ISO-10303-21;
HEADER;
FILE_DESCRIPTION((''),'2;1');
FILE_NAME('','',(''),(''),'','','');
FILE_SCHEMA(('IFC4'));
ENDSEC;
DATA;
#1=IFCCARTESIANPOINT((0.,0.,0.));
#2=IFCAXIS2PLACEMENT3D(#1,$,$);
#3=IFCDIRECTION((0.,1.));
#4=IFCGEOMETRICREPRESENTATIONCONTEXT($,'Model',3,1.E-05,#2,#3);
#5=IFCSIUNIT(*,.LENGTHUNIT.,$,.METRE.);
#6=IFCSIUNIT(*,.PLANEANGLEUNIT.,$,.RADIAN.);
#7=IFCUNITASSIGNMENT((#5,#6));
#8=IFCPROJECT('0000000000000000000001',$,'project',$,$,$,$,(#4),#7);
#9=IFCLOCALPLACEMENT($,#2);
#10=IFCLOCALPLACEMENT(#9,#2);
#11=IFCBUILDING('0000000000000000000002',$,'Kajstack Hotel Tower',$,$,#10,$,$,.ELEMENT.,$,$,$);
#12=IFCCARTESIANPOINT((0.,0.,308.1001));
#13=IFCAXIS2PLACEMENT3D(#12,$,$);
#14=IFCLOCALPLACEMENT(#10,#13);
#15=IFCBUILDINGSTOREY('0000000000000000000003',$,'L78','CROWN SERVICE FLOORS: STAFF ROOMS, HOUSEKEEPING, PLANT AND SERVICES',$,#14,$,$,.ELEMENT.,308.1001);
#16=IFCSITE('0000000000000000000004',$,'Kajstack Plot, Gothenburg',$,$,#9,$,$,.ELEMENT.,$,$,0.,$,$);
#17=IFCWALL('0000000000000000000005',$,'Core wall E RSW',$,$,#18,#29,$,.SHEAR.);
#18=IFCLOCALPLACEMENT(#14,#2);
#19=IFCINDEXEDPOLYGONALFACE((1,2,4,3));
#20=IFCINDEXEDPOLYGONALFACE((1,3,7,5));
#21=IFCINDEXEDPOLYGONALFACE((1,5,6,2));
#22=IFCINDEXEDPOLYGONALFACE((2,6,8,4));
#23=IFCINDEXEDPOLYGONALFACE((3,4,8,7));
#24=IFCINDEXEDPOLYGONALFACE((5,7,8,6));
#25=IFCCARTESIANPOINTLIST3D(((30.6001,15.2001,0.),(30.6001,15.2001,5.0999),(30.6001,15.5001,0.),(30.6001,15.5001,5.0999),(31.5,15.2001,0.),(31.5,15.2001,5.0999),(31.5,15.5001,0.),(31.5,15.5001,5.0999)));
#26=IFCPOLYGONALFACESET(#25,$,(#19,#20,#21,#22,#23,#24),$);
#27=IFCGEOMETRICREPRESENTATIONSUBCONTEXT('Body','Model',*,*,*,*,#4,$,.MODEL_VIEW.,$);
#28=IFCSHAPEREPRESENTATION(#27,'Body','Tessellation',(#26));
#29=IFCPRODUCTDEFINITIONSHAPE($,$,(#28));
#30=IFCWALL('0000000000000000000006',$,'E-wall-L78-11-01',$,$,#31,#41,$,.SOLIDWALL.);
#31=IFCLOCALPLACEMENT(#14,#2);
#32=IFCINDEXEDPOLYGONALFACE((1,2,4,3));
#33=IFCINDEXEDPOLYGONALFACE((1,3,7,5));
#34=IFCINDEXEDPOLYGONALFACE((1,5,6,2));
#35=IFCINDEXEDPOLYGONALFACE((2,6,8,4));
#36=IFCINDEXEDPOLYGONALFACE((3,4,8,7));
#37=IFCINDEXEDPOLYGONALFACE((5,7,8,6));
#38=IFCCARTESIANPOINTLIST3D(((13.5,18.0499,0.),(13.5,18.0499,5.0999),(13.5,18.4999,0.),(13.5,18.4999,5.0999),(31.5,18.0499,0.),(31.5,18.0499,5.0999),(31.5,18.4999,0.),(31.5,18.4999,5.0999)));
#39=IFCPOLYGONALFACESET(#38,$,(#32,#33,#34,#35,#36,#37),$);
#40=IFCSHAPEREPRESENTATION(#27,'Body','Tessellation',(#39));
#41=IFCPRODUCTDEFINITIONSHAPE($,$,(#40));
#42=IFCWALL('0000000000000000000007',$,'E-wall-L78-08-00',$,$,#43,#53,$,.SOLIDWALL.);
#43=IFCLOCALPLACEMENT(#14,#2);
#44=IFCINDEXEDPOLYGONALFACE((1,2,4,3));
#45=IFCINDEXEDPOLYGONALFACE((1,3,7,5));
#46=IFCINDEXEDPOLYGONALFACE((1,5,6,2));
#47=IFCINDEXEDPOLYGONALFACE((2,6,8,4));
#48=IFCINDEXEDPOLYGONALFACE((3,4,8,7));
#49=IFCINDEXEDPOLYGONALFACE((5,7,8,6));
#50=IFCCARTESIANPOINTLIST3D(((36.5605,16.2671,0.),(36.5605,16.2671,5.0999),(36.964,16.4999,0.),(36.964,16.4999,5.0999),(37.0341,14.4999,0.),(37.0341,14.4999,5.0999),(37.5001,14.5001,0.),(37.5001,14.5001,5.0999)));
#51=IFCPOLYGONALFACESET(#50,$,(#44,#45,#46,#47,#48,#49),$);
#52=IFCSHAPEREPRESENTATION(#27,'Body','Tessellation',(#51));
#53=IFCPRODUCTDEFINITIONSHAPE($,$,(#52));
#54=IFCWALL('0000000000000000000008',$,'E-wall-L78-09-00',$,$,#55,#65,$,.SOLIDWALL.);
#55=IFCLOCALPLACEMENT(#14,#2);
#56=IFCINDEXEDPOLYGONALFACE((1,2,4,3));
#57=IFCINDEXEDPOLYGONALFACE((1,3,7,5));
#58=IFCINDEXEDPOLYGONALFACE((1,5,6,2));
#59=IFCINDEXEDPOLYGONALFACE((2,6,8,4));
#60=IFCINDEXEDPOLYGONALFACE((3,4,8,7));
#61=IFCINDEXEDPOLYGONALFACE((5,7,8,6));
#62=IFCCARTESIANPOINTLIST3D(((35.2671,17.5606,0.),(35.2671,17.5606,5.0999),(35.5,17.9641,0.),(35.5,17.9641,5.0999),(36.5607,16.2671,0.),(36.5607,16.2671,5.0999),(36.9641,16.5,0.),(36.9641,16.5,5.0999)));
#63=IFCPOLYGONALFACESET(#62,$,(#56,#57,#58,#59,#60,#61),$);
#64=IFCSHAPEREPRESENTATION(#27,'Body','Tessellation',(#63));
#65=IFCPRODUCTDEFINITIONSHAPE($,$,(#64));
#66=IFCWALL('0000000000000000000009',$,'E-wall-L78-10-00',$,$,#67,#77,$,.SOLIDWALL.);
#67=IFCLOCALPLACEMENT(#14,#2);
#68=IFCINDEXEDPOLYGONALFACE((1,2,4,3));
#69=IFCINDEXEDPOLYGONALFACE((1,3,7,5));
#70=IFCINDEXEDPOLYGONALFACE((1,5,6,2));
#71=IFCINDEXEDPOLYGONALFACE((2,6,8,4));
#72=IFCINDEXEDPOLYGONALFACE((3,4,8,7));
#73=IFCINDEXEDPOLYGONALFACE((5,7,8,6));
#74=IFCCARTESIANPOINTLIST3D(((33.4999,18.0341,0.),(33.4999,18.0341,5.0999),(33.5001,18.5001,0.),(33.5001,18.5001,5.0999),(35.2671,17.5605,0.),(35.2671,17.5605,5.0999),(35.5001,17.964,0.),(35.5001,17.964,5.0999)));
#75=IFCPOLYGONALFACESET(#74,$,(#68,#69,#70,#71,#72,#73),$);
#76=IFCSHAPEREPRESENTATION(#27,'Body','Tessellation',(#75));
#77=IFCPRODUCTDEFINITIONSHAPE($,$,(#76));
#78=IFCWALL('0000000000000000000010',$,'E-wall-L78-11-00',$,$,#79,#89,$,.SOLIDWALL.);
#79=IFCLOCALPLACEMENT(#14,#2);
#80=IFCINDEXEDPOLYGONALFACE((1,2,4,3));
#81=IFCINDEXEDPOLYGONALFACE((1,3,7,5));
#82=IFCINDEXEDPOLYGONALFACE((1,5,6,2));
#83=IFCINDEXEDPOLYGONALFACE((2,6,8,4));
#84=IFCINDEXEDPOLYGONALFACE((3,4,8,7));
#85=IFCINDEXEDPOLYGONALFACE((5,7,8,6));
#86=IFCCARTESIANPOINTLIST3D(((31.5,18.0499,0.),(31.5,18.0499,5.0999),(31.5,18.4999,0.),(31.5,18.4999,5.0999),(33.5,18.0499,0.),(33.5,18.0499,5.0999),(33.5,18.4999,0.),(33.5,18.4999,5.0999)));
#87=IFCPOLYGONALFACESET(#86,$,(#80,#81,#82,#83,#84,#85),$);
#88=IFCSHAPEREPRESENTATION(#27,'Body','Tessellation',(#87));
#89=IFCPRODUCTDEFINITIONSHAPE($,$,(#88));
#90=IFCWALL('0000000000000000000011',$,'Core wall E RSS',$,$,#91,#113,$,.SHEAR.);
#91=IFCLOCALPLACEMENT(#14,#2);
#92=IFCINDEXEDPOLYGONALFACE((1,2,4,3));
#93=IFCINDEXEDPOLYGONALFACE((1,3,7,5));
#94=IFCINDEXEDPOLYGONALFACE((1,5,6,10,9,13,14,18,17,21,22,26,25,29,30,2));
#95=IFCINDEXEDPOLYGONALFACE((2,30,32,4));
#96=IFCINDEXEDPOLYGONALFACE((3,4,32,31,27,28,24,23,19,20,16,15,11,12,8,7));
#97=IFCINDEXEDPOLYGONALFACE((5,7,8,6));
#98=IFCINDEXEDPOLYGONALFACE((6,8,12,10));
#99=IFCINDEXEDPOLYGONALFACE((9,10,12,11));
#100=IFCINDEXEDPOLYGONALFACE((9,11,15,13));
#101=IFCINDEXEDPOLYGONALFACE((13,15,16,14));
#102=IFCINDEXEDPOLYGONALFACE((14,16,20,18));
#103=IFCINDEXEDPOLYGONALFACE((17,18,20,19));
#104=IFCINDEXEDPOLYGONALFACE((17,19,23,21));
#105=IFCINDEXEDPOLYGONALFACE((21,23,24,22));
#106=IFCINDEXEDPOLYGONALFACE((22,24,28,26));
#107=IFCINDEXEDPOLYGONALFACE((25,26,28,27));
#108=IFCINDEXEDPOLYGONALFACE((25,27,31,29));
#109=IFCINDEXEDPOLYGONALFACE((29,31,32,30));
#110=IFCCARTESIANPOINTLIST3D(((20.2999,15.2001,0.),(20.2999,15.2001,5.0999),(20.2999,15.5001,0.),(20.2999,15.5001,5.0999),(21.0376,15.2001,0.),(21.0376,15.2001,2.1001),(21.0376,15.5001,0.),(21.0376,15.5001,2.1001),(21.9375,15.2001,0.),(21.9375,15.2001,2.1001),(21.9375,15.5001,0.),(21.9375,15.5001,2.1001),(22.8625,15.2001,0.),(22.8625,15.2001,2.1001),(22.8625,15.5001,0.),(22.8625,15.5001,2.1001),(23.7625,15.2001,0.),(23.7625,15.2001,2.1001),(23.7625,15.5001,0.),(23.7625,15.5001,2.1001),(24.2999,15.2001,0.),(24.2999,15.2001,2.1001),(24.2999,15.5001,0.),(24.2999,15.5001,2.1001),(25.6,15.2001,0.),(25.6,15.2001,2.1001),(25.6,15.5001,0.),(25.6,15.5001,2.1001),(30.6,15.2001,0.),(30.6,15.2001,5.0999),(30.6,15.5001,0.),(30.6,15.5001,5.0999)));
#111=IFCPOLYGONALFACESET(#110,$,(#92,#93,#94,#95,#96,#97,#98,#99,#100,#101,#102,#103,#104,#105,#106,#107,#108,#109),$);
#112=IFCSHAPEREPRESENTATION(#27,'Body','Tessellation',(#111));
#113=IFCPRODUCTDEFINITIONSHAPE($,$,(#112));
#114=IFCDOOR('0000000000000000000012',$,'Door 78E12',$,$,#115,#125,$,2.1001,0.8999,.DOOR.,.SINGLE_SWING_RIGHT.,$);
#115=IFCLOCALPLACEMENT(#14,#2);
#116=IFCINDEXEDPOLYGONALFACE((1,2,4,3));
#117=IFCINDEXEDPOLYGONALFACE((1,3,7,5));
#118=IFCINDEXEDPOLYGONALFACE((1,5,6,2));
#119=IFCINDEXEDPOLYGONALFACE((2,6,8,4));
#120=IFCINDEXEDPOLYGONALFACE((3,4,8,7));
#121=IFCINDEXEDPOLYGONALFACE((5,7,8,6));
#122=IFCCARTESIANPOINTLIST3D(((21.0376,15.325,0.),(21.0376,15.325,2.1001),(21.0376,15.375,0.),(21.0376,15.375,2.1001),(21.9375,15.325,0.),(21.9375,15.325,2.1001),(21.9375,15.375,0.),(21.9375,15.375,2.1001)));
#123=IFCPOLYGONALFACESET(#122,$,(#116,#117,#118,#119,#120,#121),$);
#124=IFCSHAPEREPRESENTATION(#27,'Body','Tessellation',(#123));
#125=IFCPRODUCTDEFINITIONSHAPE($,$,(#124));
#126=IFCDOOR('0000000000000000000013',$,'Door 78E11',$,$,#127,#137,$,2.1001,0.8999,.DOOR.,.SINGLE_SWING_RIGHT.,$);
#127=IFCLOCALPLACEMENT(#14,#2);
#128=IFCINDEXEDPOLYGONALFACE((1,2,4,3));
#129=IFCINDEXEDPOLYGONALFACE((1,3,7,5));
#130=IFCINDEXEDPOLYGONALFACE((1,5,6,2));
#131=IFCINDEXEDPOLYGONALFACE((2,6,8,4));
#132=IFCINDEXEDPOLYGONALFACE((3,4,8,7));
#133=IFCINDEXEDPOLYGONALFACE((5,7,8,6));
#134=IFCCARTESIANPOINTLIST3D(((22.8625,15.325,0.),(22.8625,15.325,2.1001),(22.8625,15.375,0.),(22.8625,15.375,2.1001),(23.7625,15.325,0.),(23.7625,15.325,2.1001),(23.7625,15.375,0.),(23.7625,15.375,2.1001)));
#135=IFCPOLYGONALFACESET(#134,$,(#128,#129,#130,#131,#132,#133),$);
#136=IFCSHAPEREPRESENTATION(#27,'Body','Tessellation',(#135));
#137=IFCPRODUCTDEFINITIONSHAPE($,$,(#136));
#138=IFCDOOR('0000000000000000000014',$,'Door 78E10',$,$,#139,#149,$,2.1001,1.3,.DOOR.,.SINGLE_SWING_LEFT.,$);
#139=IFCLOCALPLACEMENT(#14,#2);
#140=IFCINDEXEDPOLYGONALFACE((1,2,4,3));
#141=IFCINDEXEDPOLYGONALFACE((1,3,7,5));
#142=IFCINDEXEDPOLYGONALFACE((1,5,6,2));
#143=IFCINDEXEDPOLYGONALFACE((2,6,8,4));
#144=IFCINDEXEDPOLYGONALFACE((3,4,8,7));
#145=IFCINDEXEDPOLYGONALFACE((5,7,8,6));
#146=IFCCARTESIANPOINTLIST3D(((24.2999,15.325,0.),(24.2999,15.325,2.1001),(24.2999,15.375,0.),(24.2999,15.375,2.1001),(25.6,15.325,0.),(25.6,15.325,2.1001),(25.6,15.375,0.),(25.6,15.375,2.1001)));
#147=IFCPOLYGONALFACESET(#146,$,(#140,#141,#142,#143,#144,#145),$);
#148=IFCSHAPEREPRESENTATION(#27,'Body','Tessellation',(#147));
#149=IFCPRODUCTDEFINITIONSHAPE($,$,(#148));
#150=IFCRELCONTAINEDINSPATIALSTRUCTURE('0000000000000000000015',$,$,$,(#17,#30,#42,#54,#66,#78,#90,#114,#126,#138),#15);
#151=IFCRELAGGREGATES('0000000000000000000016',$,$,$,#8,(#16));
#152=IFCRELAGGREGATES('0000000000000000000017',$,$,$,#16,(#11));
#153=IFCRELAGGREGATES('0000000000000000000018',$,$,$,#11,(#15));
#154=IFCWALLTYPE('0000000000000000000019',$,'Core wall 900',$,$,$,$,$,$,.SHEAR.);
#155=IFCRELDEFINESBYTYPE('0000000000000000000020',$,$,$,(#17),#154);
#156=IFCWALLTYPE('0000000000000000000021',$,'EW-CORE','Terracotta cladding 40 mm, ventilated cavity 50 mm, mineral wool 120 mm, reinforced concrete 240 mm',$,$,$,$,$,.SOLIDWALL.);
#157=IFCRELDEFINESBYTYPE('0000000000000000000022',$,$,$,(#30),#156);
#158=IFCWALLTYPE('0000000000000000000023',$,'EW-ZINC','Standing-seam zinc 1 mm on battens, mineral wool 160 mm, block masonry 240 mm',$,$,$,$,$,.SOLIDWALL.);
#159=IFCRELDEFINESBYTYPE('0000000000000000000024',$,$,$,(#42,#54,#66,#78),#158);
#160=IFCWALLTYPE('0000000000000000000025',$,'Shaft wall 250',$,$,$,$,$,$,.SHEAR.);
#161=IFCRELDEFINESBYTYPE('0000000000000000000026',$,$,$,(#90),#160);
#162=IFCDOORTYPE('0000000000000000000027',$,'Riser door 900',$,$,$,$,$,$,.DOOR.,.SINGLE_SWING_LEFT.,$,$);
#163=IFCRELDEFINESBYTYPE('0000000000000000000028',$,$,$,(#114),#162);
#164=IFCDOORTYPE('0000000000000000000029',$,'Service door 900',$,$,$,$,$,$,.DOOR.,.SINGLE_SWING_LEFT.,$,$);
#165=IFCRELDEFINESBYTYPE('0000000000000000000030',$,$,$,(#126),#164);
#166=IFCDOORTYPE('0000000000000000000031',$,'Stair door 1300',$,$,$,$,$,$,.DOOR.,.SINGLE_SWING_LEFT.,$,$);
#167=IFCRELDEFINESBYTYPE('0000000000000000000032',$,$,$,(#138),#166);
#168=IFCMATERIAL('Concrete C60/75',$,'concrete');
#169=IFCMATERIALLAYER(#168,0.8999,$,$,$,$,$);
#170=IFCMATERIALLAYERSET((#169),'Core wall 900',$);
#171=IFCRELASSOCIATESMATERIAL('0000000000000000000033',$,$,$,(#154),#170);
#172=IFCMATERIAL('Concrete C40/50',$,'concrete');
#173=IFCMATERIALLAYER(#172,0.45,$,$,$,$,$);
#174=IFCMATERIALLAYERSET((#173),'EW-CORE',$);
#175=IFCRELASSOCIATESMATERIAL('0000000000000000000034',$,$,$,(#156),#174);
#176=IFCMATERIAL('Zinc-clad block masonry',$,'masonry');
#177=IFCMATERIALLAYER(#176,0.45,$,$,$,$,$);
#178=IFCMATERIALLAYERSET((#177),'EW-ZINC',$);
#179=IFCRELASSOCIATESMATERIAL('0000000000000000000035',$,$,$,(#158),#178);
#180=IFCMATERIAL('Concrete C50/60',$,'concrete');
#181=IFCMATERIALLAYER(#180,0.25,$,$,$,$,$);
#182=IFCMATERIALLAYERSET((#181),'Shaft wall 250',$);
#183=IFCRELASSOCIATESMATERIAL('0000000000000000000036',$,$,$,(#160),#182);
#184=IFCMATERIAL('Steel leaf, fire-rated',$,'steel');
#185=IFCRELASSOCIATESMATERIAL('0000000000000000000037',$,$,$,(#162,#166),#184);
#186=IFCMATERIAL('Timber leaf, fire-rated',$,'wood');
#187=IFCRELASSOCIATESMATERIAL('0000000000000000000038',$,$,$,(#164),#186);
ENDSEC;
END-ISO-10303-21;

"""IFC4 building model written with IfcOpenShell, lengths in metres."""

from ifc_helpers import new_model, si_unit, direction, frame, frame_2d, origin, place, context, subcontext, project, spatial, polyline, rectangle, outline, extrude, material, layer, layer_set, type_object, element, fill, save


model = new_model("IFC4")

# Units and contexts
model_context = context("Model", 3, precision=1e-05, world=origin(), true_north=direction((0.0, 1.0)))
body_context = subcontext(model_context, "Body", "Model", "MODEL_VIEW")
ifc_project = project(units=[si_unit("LENGTHUNIT", "METRE"), si_unit("PLANEANGLEUNIT", "RADIAN")], contexts=[model_context])

# Site, building, storey
site_placement = place(None, origin())
site = spatial("IfcSite", under=ifc_project, at=site_placement, Name="Kajstack Plot, Gothenburg", CompositionType="ELEMENT", RefElevation=0.0)
building_placement = place(site_placement, origin())
building = spatial("IfcBuilding", under=site, at=building_placement, Name="Kajstack Hotel Tower", CompositionType="ELEMENT")
storey_placement = place(building_placement, frame((0.0, 0.0, 308.1001)))
storey = spatial("IfcBuildingStorey", under=building, at=storey_placement, Name="L78", Description="CROWN SERVICE FLOORS: STAFF ROOMS, HOUSEKEEPING, PLANT AND SERVICES", CompositionType="ELEMENT", Elevation=308.1001)

# Walls
ifc_material_1 = material(Name="Concrete C60/75", Category="concrete")
ifc_layer_1 = layer(ifc_material_1, 0.8999)
ifc_layer_set_1 = layer_set([ifc_layer_1], Name="Core wall 900")
wall_type_1 = type_object("IfcWallType", Name="Core wall 900", PredefinedType="SHEAR", material=ifc_layer_set_1)
wall_1_placement = place(storey_placement, frame((30.6001, 15.3501, 0.0), z_axis=(0.0, 0.0, 1.0), x_axis=(1.0, 0.0, 0.0)))
element("IfcWall", 1, at=wall_1_placement, inside=storey, type_object=wall_type_1, Name="Core wall E RSW", PredefinedType="SHEAR", context=body_context, shape_type="SweptSolid", body=[
    extrude(rectangle(XDim=0.8999, YDim=0.3, at=frame_2d((0.45, 0.0))), origin(), (0.0, 0.0, 1.0), 5.0999),
])
ifc_material_2 = material(Name="Concrete C40/50", Category="concrete")
ifc_layer_2 = layer(ifc_material_2, 0.45)
ifc_layer_set_2 = layer_set([ifc_layer_2], Name="EW-CORE")
wall_type_2 = type_object("IfcWallType", Name="EW-CORE", Description="Terracotta cladding 40 mm, ventilated cavity 50 mm, mineral wool 120 mm, reinforced concrete 240 mm", PredefinedType="SOLIDWALL", material=ifc_layer_set_2)
wall_2_placement = place(storey_placement, frame((31.5, 18.2749, 0.0), z_axis=(0.0, 0.0, 1.0), x_axis=(-1.0, 0.0, 0.0)))
element("IfcWall", 2, at=wall_2_placement, inside=storey, type_object=wall_type_2, Name="E-wall-L78-11-01", PredefinedType="SOLIDWALL", context=body_context, shape_type="SweptSolid", body=[
    extrude(rectangle(XDim=18.0, YDim=0.45, at=frame_2d((9.0, 0.0))), origin(), (0.0, 0.0, 1.0), 5.0999),
])
ifc_material_3 = material(Name="Zinc-clad block masonry", Category="masonry")
ifc_layer_3 = layer(ifc_material_3, 0.45)
ifc_layer_set_3 = layer_set([ifc_layer_3], Name="EW-ZINC")
wall_type_3 = type_object("IfcWallType", Name="EW-ZINC", Description="Standing-seam zinc 1 mm on battens, mineral wool 160 mm, block masonry 240 mm", PredefinedType="SOLIDWALL", material=ifc_layer_set_3)
wall_3_placement = place(storey_placement, frame((37.2827, 14.4417, 0.0), z_axis=(0.0, 0.0, 1.0), x_axis=(-0.258815, 0.965927, 0.0)))
element("IfcWall", 3, at=wall_3_placement, inside=storey, type_object=wall_type_3, Name="E-wall-L78-08-00", PredefinedType="SOLIDWALL", context=body_context, shape_type="SweptSolid", body=[
    extrude(outline(polyline([(0.0002, -0.2251), (2.0706, -0.2249), (1.9502, 0.2251), (0.1206, 0.2251), (0.0002, -0.2251)])), origin(), (0.0, 0.0, 1.0), 5.0999),
])
wall_4_placement = place(storey_placement, frame((36.8049, 16.3408, 0.0), z_axis=(0.0, 0.0, 1.0), x_axis=(-0.707107, 0.707107, 0.0)))
element("IfcWall", 4, at=wall_4_placement, inside=storey, type_object=wall_type_3, Name="E-wall-L78-09-00", PredefinedType="SOLIDWALL", context=body_context, shape_type="SweptSolid", body=[
    extrude(outline(polyline([(0.0, -0.2251), (2.0706, -0.2251), (1.95, 0.2249), (0.1206, 0.2249), (0.0, -0.2251)])), origin(), (0.0, 0.0, 1.0), 5.0999),
])
wall_5_placement = place(storey_placement, frame((35.4417, 17.7468, 0.0), z_axis=(0.0, 0.0, 1.0), x_axis=(-0.965927, 0.258815, 0.0)))
element("IfcWall", 5, at=wall_5_placement, inside=storey, type_object=wall_type_3, Name="E-wall-L78-10-00", PredefinedType="SOLIDWALL", context=body_context, shape_type="SweptSolid", body=[
    extrude(outline(polyline([(-0.0002, -0.2249), (2.0703, -0.2251), (1.95, 0.2251), (0.1204, 0.2251), (-0.0002, -0.2249)])), origin(), (0.0, 0.0, 1.0), 5.0999),
])
wall_6_placement = place(storey_placement, frame((33.5, 18.2749, 0.0), z_axis=(0.0, 0.0, 1.0), x_axis=(-1.0, 0.0, 0.0)))
element("IfcWall", 6, at=wall_6_placement, inside=storey, type_object=wall_type_3, Name="E-wall-L78-11-00", PredefinedType="SOLIDWALL", context=body_context, shape_type="SweptSolid", body=[
    extrude(rectangle(XDim=2.0, YDim=0.45, at=frame_2d((1.0, 0.0))), origin(), (0.0, 0.0, 1.0), 5.0999),
])

# Wall, openings, doors
ifc_material_4 = material(Name="Concrete C50/60", Category="concrete")
ifc_layer_4 = layer(ifc_material_4, 0.25)
ifc_layer_set_4 = layer_set([ifc_layer_4], Name="Shaft wall 250")
wall_type_4 = type_object("IfcWallType", Name="Shaft wall 250", PredefinedType="SHEAR", material=ifc_layer_set_4)
wall_7_placement = place(storey_placement, frame((20.3, 15.3501, 0.0), z_axis=(0.0, 0.0, 1.0), x_axis=(1.0, 0.0, 0.0)))
wall_7 = element("IfcWall", 7, at=wall_7_placement, inside=storey, type_object=wall_type_4, Name="Core wall E RSS", PredefinedType="SHEAR", context=body_context, shape_type="SweptSolid", body=[
    extrude(rectangle(XDim=10.3, YDim=0.3, at=frame_2d((5.1499, 0.0))), origin(), (0.0, 0.0, 1.0), 5.0999),
])
opening_1_placement = place(wall_7_placement, frame((4.0, 0.0, 0.0)))
opening_1 = element("IfcOpeningElement", 8, at=opening_1_placement, cuts=wall_7, PredefinedType="OPENING", context=body_context, shape_type="SweptSolid", body=[
    extrude(rectangle(XDim=1.3, YDim=2.1001, at=frame_2d((0.6499, 1.05))), frame((0.0, 0.1599, 0.0), z_axis=(0.0, -1.0, 0.0), x_axis=(1.0, 0.0, 0.0)), (0.0, 0.0, 1.0), 0.3201),
])
opening_2_placement = place(wall_7_placement, frame((2.5625, 0.0, 0.0)))
opening_2 = element("IfcOpeningElement", 9, at=opening_2_placement, cuts=wall_7, PredefinedType="OPENING", context=body_context, shape_type="SweptSolid", body=[
    extrude(rectangle(XDim=0.8999, YDim=2.1001, at=frame_2d((0.45, 1.05))), frame((0.0, 0.1599, 0.0), z_axis=(0.0, -1.0, 0.0), x_axis=(1.0, 0.0, 0.0)), (0.0, 0.0, 1.0), 0.3201),
])
opening_3_placement = place(wall_7_placement, frame((0.7375, 0.0, 0.0)))
opening_3 = element("IfcOpeningElement", 10, at=opening_3_placement, cuts=wall_7, PredefinedType="OPENING", context=body_context, shape_type="SweptSolid", body=[
    extrude(rectangle(XDim=0.8999, YDim=2.1001, at=frame_2d((0.45, 1.05))), frame((0.0, 0.1599, 0.0), z_axis=(0.0, -1.0, 0.0), x_axis=(1.0, 0.0, 0.0)), (0.0, 0.0, 1.0), 0.3201),
])
ifc_material_5 = material(Name="Steel leaf, fire-rated", Category="steel")
door_type_1 = type_object("IfcDoorType", Name="Riser door 900", OperationType="SINGLE_SWING_LEFT", PredefinedType="DOOR", material=ifc_material_5)
door_1_placement = place(opening_3_placement, origin())
door_1 = element("IfcDoor", 11, at=door_1_placement, inside=storey, type_object=door_type_1, Name="Door 78E12", OperationType="SINGLE_SWING_RIGHT", OverallHeight=2.1001, OverallWidth=0.8999, PredefinedType="DOOR", context=body_context, shape_type="SweptSolid", body=[
    extrude(rectangle(XDim=0.8999, YDim=2.1001, at=frame_2d((0.45, 1.05))), frame((0.0, 0.0249, 0.0), z_axis=(0.0, -1.0, 0.0), x_axis=(1.0, 0.0, 0.0)), (0.0, 0.0, 1.0), 0.05),
])
fill(opening_3, door_1)
ifc_material_6 = material(Name="Timber leaf, fire-rated", Category="wood")
door_type_2 = type_object("IfcDoorType", Name="Service door 900", OperationType="SINGLE_SWING_LEFT", PredefinedType="DOOR", material=ifc_material_6)
door_2_placement = place(opening_2_placement, origin())
door_2 = element("IfcDoor", 12, at=door_2_placement, inside=storey, type_object=door_type_2, Name="Door 78E11", OperationType="SINGLE_SWING_RIGHT", OverallHeight=2.1001, OverallWidth=0.8999, PredefinedType="DOOR", context=body_context, shape_type="SweptSolid", body=[
    extrude(rectangle(XDim=0.8999, YDim=2.1001, at=frame_2d((0.45, 1.05))), frame((0.0, 0.0249, 0.0), z_axis=(0.0, -1.0, 0.0), x_axis=(1.0, 0.0, 0.0)), (0.0, 0.0, 1.0), 0.05),
])
fill(opening_2, door_2)
door_type_3 = type_object("IfcDoorType", Name="Stair door 1300", OperationType="SINGLE_SWING_LEFT", PredefinedType="DOOR", material=ifc_material_5)
door_3_placement = place(opening_1_placement, origin())
door_3 = element("IfcDoor", 13, at=door_3_placement, inside=storey, type_object=door_type_3, Name="Door 78E10", OperationType="SINGLE_SWING_LEFT", OverallHeight=2.1001, OverallWidth=1.3, PredefinedType="DOOR", context=body_context, shape_type="SweptSolid", body=[
    extrude(rectangle(XDim=1.3, YDim=2.1001, at=frame_2d((0.6499, 1.05))), frame((0.0, 0.0249, 0.0), z_axis=(0.0, -1.0, 0.0), x_axis=(1.0, 0.0, 0.0)), (0.0, 0.0, 1.0), 0.05),
])
fill(opening_1, door_3)

save(model, "model.ifc")
